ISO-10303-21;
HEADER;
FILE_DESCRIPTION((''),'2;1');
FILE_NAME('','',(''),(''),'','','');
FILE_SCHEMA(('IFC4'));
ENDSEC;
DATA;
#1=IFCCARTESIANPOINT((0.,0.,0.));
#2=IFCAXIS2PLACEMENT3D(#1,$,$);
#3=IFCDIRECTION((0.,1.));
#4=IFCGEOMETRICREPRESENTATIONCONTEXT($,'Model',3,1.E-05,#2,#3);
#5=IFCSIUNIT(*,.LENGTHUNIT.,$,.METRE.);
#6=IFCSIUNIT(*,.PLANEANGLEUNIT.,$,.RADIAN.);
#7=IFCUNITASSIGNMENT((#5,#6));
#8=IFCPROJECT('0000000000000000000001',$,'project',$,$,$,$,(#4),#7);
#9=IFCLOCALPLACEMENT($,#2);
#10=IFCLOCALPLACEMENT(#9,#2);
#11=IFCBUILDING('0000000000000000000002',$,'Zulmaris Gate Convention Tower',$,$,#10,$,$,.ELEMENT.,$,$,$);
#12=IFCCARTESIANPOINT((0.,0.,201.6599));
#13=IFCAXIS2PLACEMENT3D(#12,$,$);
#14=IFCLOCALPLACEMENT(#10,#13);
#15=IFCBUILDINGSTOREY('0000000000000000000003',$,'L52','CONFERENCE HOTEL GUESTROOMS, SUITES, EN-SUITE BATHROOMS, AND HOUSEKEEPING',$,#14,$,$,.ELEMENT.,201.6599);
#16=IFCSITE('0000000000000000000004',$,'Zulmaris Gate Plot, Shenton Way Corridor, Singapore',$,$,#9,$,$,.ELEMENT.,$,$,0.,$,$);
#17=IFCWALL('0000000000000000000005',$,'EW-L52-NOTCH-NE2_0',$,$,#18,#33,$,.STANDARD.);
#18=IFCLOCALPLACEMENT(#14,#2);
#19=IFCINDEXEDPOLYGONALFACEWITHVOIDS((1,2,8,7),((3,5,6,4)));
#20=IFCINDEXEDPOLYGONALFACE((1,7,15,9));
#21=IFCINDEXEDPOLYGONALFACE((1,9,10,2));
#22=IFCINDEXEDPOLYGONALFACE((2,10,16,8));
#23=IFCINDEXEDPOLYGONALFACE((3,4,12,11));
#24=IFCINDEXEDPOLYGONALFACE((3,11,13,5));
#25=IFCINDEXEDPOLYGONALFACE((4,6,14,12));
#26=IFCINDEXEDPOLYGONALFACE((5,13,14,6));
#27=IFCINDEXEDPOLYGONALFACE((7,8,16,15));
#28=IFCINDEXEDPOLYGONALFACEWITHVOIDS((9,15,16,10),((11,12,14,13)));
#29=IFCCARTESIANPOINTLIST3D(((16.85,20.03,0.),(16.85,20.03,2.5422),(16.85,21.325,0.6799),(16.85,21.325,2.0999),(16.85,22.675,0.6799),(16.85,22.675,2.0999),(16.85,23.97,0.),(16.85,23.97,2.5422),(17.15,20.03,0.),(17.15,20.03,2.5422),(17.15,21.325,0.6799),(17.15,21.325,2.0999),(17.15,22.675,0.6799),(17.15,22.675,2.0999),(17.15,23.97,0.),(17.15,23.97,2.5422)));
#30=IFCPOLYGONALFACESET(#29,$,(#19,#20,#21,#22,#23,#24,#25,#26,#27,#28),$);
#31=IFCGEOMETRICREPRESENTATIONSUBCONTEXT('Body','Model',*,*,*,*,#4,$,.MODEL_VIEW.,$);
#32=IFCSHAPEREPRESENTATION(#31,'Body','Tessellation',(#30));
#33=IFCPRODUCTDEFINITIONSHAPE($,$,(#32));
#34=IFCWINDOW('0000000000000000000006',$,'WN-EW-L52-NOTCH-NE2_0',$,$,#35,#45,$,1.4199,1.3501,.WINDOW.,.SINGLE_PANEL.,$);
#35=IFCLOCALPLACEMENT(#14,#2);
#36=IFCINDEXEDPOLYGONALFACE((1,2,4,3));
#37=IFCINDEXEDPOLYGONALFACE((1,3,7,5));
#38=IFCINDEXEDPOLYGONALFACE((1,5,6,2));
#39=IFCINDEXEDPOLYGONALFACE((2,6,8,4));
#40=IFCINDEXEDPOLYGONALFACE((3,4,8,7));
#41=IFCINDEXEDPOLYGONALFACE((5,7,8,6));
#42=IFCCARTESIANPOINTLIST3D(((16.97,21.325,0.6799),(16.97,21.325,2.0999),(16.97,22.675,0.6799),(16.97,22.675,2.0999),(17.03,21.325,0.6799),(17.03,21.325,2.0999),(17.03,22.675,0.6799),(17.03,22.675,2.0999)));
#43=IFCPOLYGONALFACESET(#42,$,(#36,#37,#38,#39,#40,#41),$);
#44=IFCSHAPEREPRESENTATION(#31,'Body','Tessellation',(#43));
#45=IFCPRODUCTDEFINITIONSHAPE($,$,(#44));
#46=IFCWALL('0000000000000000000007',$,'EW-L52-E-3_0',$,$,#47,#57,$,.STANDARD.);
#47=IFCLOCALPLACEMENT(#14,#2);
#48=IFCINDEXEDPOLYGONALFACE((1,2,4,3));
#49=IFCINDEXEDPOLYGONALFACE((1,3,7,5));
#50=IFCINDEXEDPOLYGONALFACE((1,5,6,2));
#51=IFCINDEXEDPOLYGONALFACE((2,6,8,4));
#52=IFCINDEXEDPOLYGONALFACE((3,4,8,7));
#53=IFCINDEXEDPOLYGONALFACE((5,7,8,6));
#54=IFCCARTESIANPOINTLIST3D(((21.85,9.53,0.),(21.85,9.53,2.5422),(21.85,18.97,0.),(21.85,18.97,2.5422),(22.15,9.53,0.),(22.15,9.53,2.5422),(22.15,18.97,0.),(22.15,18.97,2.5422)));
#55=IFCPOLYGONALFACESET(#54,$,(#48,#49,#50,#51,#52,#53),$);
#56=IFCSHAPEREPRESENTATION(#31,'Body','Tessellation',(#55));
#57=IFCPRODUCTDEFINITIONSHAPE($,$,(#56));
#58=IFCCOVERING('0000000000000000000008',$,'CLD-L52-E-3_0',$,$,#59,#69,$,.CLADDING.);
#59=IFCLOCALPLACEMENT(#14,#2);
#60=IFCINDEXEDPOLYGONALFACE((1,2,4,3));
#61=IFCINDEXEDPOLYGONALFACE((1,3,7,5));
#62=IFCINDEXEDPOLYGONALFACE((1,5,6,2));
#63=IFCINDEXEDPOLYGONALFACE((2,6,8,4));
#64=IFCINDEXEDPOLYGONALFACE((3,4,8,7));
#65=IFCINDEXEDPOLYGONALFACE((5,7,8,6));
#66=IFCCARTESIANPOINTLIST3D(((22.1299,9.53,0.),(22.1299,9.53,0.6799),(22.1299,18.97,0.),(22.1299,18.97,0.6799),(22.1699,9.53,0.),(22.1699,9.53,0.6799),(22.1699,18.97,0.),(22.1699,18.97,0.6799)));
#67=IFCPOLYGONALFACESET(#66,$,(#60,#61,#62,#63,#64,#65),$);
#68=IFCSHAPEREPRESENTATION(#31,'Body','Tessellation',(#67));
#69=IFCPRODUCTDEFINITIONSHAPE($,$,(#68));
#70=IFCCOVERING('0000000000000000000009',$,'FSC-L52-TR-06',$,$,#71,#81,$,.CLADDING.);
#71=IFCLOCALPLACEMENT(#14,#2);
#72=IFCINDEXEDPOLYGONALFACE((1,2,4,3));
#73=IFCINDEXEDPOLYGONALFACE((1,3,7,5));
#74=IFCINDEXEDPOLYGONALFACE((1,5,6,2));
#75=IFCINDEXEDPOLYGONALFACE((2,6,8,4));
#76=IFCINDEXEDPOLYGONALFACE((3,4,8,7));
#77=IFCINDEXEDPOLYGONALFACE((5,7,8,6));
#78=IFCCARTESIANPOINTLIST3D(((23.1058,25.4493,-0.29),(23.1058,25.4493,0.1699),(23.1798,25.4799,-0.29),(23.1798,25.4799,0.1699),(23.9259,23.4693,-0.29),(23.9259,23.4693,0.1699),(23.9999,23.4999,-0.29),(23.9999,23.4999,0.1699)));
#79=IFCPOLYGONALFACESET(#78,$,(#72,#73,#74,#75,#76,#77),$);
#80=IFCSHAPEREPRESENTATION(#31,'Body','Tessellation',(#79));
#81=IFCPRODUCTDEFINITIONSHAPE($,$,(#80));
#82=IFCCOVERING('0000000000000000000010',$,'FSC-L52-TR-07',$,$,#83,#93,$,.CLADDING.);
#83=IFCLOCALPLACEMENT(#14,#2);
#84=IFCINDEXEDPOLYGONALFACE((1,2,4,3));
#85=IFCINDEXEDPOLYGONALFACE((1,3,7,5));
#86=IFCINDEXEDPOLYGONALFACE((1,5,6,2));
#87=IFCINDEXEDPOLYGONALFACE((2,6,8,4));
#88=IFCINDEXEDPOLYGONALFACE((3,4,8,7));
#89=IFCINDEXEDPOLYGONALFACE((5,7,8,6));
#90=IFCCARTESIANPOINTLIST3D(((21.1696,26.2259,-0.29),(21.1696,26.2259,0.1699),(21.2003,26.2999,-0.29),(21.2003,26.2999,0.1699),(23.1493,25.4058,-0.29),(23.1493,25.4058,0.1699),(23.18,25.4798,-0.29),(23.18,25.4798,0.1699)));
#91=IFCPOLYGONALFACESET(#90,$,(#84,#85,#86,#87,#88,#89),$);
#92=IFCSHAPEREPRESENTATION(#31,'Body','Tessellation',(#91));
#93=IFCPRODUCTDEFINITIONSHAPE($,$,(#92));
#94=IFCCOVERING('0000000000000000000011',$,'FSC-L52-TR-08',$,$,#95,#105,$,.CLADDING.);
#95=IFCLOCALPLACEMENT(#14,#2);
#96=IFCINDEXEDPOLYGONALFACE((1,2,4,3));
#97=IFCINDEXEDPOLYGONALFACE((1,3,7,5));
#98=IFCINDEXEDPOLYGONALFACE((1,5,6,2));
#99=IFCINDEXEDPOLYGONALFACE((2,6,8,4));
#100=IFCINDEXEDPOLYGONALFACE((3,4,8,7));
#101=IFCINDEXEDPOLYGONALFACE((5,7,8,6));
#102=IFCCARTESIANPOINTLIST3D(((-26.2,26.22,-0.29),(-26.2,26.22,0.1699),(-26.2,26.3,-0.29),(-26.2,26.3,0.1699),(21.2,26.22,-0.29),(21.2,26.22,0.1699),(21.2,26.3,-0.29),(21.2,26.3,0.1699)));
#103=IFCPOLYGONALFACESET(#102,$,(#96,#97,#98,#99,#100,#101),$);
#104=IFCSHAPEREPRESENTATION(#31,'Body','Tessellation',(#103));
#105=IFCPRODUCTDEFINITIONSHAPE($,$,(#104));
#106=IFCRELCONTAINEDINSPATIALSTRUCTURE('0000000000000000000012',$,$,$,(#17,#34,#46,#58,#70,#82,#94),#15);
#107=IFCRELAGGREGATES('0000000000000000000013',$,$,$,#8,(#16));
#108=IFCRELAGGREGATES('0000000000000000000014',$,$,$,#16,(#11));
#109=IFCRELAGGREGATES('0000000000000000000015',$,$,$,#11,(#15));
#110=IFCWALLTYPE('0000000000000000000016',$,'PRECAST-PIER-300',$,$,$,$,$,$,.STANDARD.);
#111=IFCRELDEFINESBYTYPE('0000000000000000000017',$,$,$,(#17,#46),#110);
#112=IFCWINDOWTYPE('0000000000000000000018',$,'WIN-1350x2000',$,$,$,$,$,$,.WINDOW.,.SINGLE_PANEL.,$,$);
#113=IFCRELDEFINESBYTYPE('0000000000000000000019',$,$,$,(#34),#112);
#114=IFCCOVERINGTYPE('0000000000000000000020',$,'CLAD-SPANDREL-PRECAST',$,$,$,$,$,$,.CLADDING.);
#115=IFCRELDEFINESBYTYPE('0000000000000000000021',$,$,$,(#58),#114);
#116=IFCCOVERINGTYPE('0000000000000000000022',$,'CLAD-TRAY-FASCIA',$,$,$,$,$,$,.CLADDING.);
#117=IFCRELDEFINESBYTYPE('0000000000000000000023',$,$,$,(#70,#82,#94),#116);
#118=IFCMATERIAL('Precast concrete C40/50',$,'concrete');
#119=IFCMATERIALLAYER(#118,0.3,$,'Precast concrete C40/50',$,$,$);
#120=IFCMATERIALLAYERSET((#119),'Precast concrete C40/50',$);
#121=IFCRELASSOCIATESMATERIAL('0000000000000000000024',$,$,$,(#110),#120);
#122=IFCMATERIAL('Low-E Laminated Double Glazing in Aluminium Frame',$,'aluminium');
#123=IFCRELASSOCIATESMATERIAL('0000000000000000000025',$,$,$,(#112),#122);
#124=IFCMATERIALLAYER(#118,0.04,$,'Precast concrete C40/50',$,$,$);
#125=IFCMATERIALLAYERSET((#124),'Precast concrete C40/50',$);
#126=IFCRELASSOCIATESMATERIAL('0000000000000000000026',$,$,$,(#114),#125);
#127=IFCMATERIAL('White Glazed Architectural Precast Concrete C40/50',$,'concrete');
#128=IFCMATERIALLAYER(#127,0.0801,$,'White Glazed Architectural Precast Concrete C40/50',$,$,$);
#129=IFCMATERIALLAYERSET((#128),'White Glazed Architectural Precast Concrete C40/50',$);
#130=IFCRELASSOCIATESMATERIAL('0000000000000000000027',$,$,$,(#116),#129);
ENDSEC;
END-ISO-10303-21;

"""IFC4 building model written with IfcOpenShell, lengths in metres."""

from ifc_helpers import new_model, si_unit, direction, frame, frame_2d, origin, place, context, subcontext, project, spatial, rectangle, extrude, material, layer, layer_set, type_object, element, fill, save


model = new_model("IFC4")

# Units and contexts
model_context = context("Model", 3, precision=1e-05, world=origin(), true_north=direction((0.0, 1.0)))
body_context = subcontext(model_context, "Body", "Model", "MODEL_VIEW")
ifc_project = project(units=[si_unit("LENGTHUNIT", "METRE"), si_unit("PLANEANGLEUNIT", "RADIAN")], contexts=[model_context])

# Site, building, storey
site_placement = place(None, origin())
site = spatial("IfcSite", under=ifc_project, at=site_placement, Name="Zulmaris Gate Plot, Shenton Way Corridor, Singapore", CompositionType="ELEMENT", RefElevation=0.0)
building_placement = place(site_placement, origin())
building = spatial("IfcBuilding", under=site, at=building_placement, Name="Zulmaris Gate Convention Tower", CompositionType="ELEMENT")
storey_placement = place(building_placement, frame((0.0, 0.0, 201.6599)))
storey = spatial("IfcBuildingStorey", under=building, at=storey_placement, Name="L52", Description="CONFERENCE HOTEL GUESTROOMS, SUITES, EN-SUITE BATHROOMS, AND HOUSEKEEPING", CompositionType="ELEMENT", Elevation=201.6599)

# Wall, opening, window
ifc_material_1 = material(Name="Precast concrete C40/50", Category="concrete")
ifc_layer_1 = layer(ifc_material_1, 0.3, Name="Precast concrete C40/50")
ifc_layer_set_1 = layer_set([ifc_layer_1], Name="Precast concrete C40/50")
wall_type_1 = type_object("IfcWallType", Name="PRECAST-PIER-300", PredefinedType="STANDARD", material=ifc_layer_set_1)
ifc_material_2 = material(Name="Low-E Laminated Double Glazing in Aluminium Frame", Category="aluminium")
window_type = type_object("IfcWindowType", Name="WIN-1350x2000", PartitioningType="SINGLE_PANEL", PredefinedType="WINDOW", material=ifc_material_2)
wall_1_placement = place(storey_placement, frame((17.0, 20.03, 0.0), z_axis=(0.0, 0.0, 1.0), x_axis=(0.0, 1.0, 0.0)))
wall_1 = element("IfcWall", 1, at=wall_1_placement, inside=storey, type_object=wall_type_1, Name="EW-L52-NOTCH-NE2_0", PredefinedType="STANDARD", context=body_context, shape_type="SweptSolid", body=[
    extrude(rectangle(XDim=3.9399, YDim=0.3, at=frame_2d((1.97, 0.0))), origin(), (0.0, 0.0, 1.0), 2.5422),
])
opening_1_placement = place(wall_1_placement, frame((1.2949, 0.0, 0.6799)))
opening_1 = element("IfcOpeningElement", 2, at=opening_1_placement, cuts=wall_1, PredefinedType="OPENING", context=body_context, shape_type="SweptSolid", body=[
    extrude(rectangle(XDim=1.3501, YDim=1.4199, at=frame_2d((0.675, 0.71))), frame((0.0, 0.1602, 0.0), z_axis=(0.0, -1.0, 0.0), x_axis=(1.0, 0.0, 0.0)), (0.0, 0.0, 1.0), 0.3201),
])
window_1_placement = place(opening_1_placement, origin())
window_1 = element("IfcWindow", 3, at=window_1_placement, inside=storey, type_object=window_type, Name="WN-EW-L52-NOTCH-NE2_0", OverallHeight=1.4199, OverallWidth=1.3501, PartitioningType="SINGLE_PANEL", PredefinedType="WINDOW", context=body_context, shape_type="SweptSolid", body=[
    extrude(rectangle(XDim=1.3501, YDim=1.4199, at=frame_2d((0.675, 0.71))), frame((0.0, 0.03, 0.0), z_axis=(0.0, -1.0, 0.0), x_axis=(1.0, 0.0, 0.0)), (0.0, 0.0, 1.0), 0.0601),
])
fill(opening_1, window_1)

# Wall
wall_2_placement = place(storey_placement, frame((22.0, 9.53, 0.0), z_axis=(0.0, 0.0, 1.0), x_axis=(0.0, 1.0, 0.0)))
element("IfcWall", 4, at=wall_2_placement, inside=storey, type_object=wall_type_1, Name="EW-L52-E-3_0", PredefinedType="STANDARD", context=body_context, shape_type="SweptSolid", body=[
    extrude(rectangle(XDim=9.4399, YDim=0.3, at=frame_2d((4.72, 0.0))), origin(), (0.0, 0.0, 1.0), 2.5422),
])

# Coverings
ifc_layer_2 = layer(ifc_material_1, 0.04, Name="Precast concrete C40/50")
ifc_layer_set_2 = layer_set([ifc_layer_2], Name="Precast concrete C40/50")
covering_type_1 = type_object("IfcCoveringType", Name="CLAD-SPANDREL-PRECAST", PredefinedType="CLADDING", material=ifc_layer_set_2)
covering_1_placement = place(storey_placement, frame((22.1499, 9.53, 0.0), z_axis=(0.0, 0.0, 1.0), x_axis=(0.0, 1.0, 0.0)))
element("IfcCovering", 5, at=covering_1_placement, inside=storey, type_object=covering_type_1, Name="CLD-L52-E-3_0", PredefinedType="CLADDING", context=body_context, shape_type="SweptSolid", body=[
    extrude(rectangle(XDim=9.4399, YDim=0.04, at=frame_2d((4.72, 0.0))), origin(), (0.0, 0.0, 1.0), 0.6799),
])
ifc_material_3 = material(Name="White Glazed Architectural Precast Concrete C40/50", Category="concrete")
ifc_layer_3 = layer(ifc_material_3, 0.0801, Name="White Glazed Architectural Precast Concrete C40/50")
ifc_layer_set_3 = layer_set([ifc_layer_3], Name="White Glazed Architectural Precast Concrete C40/50")
covering_type_2 = type_object("IfcCoveringType", Name="CLAD-TRAY-FASCIA", PredefinedType="CLADDING", material=ifc_layer_set_3)
covering_2_placement = place(storey_placement, frame((23.9629, 23.4846, -0.29), z_axis=(0.0, 0.0, 1.0), x_axis=(-0.382657, 0.92389, 0.0)))
element("IfcCovering", 6, at=covering_2_placement, inside=storey, type_object=covering_type_2, Name="FSC-L52-TR-06", PredefinedType="CLADDING", context=body_context, shape_type="SweptSolid", body=[
    extrude(rectangle(XDim=2.1431, YDim=0.0801, at=frame_2d((1.0715, 0.0))), origin(), (0.0, 0.0, 1.0), 0.46),
])
covering_3_placement = place(storey_placement, frame((23.1646, 25.4429, -0.29), z_axis=(0.0, 0.0, 1.0), x_axis=(-0.923874, 0.382697, 0.0)))
element("IfcCovering", 7, at=covering_3_placement, inside=storey, type_object=covering_type_2, Name="FSC-L52-TR-07", PredefinedType="CLADDING", context=body_context, shape_type="SweptSolid", body=[
    extrude(rectangle(XDim=2.1428, YDim=0.0801, at=frame_2d((1.0713, 0.0))), origin(), (0.0, 0.0, 1.0), 0.46),
])
covering_4_placement = place(storey_placement, frame((21.2, 26.26, -0.29), z_axis=(0.0, 0.0, 1.0), x_axis=(-1.0, 0.0, 0.0)))
element("IfcCovering", 8, at=covering_4_placement, inside=storey, type_object=covering_type_2, Name="FSC-L52-TR-08", PredefinedType="CLADDING", context=body_context, shape_type="SweptSolid", body=[
    extrude(rectangle(XDim=47.3999, YDim=0.0801, at=frame_2d((23.7, 0.0))), origin(), (0.0, 0.0, 1.0), 0.46),
])

save(model, "model.ifc")
